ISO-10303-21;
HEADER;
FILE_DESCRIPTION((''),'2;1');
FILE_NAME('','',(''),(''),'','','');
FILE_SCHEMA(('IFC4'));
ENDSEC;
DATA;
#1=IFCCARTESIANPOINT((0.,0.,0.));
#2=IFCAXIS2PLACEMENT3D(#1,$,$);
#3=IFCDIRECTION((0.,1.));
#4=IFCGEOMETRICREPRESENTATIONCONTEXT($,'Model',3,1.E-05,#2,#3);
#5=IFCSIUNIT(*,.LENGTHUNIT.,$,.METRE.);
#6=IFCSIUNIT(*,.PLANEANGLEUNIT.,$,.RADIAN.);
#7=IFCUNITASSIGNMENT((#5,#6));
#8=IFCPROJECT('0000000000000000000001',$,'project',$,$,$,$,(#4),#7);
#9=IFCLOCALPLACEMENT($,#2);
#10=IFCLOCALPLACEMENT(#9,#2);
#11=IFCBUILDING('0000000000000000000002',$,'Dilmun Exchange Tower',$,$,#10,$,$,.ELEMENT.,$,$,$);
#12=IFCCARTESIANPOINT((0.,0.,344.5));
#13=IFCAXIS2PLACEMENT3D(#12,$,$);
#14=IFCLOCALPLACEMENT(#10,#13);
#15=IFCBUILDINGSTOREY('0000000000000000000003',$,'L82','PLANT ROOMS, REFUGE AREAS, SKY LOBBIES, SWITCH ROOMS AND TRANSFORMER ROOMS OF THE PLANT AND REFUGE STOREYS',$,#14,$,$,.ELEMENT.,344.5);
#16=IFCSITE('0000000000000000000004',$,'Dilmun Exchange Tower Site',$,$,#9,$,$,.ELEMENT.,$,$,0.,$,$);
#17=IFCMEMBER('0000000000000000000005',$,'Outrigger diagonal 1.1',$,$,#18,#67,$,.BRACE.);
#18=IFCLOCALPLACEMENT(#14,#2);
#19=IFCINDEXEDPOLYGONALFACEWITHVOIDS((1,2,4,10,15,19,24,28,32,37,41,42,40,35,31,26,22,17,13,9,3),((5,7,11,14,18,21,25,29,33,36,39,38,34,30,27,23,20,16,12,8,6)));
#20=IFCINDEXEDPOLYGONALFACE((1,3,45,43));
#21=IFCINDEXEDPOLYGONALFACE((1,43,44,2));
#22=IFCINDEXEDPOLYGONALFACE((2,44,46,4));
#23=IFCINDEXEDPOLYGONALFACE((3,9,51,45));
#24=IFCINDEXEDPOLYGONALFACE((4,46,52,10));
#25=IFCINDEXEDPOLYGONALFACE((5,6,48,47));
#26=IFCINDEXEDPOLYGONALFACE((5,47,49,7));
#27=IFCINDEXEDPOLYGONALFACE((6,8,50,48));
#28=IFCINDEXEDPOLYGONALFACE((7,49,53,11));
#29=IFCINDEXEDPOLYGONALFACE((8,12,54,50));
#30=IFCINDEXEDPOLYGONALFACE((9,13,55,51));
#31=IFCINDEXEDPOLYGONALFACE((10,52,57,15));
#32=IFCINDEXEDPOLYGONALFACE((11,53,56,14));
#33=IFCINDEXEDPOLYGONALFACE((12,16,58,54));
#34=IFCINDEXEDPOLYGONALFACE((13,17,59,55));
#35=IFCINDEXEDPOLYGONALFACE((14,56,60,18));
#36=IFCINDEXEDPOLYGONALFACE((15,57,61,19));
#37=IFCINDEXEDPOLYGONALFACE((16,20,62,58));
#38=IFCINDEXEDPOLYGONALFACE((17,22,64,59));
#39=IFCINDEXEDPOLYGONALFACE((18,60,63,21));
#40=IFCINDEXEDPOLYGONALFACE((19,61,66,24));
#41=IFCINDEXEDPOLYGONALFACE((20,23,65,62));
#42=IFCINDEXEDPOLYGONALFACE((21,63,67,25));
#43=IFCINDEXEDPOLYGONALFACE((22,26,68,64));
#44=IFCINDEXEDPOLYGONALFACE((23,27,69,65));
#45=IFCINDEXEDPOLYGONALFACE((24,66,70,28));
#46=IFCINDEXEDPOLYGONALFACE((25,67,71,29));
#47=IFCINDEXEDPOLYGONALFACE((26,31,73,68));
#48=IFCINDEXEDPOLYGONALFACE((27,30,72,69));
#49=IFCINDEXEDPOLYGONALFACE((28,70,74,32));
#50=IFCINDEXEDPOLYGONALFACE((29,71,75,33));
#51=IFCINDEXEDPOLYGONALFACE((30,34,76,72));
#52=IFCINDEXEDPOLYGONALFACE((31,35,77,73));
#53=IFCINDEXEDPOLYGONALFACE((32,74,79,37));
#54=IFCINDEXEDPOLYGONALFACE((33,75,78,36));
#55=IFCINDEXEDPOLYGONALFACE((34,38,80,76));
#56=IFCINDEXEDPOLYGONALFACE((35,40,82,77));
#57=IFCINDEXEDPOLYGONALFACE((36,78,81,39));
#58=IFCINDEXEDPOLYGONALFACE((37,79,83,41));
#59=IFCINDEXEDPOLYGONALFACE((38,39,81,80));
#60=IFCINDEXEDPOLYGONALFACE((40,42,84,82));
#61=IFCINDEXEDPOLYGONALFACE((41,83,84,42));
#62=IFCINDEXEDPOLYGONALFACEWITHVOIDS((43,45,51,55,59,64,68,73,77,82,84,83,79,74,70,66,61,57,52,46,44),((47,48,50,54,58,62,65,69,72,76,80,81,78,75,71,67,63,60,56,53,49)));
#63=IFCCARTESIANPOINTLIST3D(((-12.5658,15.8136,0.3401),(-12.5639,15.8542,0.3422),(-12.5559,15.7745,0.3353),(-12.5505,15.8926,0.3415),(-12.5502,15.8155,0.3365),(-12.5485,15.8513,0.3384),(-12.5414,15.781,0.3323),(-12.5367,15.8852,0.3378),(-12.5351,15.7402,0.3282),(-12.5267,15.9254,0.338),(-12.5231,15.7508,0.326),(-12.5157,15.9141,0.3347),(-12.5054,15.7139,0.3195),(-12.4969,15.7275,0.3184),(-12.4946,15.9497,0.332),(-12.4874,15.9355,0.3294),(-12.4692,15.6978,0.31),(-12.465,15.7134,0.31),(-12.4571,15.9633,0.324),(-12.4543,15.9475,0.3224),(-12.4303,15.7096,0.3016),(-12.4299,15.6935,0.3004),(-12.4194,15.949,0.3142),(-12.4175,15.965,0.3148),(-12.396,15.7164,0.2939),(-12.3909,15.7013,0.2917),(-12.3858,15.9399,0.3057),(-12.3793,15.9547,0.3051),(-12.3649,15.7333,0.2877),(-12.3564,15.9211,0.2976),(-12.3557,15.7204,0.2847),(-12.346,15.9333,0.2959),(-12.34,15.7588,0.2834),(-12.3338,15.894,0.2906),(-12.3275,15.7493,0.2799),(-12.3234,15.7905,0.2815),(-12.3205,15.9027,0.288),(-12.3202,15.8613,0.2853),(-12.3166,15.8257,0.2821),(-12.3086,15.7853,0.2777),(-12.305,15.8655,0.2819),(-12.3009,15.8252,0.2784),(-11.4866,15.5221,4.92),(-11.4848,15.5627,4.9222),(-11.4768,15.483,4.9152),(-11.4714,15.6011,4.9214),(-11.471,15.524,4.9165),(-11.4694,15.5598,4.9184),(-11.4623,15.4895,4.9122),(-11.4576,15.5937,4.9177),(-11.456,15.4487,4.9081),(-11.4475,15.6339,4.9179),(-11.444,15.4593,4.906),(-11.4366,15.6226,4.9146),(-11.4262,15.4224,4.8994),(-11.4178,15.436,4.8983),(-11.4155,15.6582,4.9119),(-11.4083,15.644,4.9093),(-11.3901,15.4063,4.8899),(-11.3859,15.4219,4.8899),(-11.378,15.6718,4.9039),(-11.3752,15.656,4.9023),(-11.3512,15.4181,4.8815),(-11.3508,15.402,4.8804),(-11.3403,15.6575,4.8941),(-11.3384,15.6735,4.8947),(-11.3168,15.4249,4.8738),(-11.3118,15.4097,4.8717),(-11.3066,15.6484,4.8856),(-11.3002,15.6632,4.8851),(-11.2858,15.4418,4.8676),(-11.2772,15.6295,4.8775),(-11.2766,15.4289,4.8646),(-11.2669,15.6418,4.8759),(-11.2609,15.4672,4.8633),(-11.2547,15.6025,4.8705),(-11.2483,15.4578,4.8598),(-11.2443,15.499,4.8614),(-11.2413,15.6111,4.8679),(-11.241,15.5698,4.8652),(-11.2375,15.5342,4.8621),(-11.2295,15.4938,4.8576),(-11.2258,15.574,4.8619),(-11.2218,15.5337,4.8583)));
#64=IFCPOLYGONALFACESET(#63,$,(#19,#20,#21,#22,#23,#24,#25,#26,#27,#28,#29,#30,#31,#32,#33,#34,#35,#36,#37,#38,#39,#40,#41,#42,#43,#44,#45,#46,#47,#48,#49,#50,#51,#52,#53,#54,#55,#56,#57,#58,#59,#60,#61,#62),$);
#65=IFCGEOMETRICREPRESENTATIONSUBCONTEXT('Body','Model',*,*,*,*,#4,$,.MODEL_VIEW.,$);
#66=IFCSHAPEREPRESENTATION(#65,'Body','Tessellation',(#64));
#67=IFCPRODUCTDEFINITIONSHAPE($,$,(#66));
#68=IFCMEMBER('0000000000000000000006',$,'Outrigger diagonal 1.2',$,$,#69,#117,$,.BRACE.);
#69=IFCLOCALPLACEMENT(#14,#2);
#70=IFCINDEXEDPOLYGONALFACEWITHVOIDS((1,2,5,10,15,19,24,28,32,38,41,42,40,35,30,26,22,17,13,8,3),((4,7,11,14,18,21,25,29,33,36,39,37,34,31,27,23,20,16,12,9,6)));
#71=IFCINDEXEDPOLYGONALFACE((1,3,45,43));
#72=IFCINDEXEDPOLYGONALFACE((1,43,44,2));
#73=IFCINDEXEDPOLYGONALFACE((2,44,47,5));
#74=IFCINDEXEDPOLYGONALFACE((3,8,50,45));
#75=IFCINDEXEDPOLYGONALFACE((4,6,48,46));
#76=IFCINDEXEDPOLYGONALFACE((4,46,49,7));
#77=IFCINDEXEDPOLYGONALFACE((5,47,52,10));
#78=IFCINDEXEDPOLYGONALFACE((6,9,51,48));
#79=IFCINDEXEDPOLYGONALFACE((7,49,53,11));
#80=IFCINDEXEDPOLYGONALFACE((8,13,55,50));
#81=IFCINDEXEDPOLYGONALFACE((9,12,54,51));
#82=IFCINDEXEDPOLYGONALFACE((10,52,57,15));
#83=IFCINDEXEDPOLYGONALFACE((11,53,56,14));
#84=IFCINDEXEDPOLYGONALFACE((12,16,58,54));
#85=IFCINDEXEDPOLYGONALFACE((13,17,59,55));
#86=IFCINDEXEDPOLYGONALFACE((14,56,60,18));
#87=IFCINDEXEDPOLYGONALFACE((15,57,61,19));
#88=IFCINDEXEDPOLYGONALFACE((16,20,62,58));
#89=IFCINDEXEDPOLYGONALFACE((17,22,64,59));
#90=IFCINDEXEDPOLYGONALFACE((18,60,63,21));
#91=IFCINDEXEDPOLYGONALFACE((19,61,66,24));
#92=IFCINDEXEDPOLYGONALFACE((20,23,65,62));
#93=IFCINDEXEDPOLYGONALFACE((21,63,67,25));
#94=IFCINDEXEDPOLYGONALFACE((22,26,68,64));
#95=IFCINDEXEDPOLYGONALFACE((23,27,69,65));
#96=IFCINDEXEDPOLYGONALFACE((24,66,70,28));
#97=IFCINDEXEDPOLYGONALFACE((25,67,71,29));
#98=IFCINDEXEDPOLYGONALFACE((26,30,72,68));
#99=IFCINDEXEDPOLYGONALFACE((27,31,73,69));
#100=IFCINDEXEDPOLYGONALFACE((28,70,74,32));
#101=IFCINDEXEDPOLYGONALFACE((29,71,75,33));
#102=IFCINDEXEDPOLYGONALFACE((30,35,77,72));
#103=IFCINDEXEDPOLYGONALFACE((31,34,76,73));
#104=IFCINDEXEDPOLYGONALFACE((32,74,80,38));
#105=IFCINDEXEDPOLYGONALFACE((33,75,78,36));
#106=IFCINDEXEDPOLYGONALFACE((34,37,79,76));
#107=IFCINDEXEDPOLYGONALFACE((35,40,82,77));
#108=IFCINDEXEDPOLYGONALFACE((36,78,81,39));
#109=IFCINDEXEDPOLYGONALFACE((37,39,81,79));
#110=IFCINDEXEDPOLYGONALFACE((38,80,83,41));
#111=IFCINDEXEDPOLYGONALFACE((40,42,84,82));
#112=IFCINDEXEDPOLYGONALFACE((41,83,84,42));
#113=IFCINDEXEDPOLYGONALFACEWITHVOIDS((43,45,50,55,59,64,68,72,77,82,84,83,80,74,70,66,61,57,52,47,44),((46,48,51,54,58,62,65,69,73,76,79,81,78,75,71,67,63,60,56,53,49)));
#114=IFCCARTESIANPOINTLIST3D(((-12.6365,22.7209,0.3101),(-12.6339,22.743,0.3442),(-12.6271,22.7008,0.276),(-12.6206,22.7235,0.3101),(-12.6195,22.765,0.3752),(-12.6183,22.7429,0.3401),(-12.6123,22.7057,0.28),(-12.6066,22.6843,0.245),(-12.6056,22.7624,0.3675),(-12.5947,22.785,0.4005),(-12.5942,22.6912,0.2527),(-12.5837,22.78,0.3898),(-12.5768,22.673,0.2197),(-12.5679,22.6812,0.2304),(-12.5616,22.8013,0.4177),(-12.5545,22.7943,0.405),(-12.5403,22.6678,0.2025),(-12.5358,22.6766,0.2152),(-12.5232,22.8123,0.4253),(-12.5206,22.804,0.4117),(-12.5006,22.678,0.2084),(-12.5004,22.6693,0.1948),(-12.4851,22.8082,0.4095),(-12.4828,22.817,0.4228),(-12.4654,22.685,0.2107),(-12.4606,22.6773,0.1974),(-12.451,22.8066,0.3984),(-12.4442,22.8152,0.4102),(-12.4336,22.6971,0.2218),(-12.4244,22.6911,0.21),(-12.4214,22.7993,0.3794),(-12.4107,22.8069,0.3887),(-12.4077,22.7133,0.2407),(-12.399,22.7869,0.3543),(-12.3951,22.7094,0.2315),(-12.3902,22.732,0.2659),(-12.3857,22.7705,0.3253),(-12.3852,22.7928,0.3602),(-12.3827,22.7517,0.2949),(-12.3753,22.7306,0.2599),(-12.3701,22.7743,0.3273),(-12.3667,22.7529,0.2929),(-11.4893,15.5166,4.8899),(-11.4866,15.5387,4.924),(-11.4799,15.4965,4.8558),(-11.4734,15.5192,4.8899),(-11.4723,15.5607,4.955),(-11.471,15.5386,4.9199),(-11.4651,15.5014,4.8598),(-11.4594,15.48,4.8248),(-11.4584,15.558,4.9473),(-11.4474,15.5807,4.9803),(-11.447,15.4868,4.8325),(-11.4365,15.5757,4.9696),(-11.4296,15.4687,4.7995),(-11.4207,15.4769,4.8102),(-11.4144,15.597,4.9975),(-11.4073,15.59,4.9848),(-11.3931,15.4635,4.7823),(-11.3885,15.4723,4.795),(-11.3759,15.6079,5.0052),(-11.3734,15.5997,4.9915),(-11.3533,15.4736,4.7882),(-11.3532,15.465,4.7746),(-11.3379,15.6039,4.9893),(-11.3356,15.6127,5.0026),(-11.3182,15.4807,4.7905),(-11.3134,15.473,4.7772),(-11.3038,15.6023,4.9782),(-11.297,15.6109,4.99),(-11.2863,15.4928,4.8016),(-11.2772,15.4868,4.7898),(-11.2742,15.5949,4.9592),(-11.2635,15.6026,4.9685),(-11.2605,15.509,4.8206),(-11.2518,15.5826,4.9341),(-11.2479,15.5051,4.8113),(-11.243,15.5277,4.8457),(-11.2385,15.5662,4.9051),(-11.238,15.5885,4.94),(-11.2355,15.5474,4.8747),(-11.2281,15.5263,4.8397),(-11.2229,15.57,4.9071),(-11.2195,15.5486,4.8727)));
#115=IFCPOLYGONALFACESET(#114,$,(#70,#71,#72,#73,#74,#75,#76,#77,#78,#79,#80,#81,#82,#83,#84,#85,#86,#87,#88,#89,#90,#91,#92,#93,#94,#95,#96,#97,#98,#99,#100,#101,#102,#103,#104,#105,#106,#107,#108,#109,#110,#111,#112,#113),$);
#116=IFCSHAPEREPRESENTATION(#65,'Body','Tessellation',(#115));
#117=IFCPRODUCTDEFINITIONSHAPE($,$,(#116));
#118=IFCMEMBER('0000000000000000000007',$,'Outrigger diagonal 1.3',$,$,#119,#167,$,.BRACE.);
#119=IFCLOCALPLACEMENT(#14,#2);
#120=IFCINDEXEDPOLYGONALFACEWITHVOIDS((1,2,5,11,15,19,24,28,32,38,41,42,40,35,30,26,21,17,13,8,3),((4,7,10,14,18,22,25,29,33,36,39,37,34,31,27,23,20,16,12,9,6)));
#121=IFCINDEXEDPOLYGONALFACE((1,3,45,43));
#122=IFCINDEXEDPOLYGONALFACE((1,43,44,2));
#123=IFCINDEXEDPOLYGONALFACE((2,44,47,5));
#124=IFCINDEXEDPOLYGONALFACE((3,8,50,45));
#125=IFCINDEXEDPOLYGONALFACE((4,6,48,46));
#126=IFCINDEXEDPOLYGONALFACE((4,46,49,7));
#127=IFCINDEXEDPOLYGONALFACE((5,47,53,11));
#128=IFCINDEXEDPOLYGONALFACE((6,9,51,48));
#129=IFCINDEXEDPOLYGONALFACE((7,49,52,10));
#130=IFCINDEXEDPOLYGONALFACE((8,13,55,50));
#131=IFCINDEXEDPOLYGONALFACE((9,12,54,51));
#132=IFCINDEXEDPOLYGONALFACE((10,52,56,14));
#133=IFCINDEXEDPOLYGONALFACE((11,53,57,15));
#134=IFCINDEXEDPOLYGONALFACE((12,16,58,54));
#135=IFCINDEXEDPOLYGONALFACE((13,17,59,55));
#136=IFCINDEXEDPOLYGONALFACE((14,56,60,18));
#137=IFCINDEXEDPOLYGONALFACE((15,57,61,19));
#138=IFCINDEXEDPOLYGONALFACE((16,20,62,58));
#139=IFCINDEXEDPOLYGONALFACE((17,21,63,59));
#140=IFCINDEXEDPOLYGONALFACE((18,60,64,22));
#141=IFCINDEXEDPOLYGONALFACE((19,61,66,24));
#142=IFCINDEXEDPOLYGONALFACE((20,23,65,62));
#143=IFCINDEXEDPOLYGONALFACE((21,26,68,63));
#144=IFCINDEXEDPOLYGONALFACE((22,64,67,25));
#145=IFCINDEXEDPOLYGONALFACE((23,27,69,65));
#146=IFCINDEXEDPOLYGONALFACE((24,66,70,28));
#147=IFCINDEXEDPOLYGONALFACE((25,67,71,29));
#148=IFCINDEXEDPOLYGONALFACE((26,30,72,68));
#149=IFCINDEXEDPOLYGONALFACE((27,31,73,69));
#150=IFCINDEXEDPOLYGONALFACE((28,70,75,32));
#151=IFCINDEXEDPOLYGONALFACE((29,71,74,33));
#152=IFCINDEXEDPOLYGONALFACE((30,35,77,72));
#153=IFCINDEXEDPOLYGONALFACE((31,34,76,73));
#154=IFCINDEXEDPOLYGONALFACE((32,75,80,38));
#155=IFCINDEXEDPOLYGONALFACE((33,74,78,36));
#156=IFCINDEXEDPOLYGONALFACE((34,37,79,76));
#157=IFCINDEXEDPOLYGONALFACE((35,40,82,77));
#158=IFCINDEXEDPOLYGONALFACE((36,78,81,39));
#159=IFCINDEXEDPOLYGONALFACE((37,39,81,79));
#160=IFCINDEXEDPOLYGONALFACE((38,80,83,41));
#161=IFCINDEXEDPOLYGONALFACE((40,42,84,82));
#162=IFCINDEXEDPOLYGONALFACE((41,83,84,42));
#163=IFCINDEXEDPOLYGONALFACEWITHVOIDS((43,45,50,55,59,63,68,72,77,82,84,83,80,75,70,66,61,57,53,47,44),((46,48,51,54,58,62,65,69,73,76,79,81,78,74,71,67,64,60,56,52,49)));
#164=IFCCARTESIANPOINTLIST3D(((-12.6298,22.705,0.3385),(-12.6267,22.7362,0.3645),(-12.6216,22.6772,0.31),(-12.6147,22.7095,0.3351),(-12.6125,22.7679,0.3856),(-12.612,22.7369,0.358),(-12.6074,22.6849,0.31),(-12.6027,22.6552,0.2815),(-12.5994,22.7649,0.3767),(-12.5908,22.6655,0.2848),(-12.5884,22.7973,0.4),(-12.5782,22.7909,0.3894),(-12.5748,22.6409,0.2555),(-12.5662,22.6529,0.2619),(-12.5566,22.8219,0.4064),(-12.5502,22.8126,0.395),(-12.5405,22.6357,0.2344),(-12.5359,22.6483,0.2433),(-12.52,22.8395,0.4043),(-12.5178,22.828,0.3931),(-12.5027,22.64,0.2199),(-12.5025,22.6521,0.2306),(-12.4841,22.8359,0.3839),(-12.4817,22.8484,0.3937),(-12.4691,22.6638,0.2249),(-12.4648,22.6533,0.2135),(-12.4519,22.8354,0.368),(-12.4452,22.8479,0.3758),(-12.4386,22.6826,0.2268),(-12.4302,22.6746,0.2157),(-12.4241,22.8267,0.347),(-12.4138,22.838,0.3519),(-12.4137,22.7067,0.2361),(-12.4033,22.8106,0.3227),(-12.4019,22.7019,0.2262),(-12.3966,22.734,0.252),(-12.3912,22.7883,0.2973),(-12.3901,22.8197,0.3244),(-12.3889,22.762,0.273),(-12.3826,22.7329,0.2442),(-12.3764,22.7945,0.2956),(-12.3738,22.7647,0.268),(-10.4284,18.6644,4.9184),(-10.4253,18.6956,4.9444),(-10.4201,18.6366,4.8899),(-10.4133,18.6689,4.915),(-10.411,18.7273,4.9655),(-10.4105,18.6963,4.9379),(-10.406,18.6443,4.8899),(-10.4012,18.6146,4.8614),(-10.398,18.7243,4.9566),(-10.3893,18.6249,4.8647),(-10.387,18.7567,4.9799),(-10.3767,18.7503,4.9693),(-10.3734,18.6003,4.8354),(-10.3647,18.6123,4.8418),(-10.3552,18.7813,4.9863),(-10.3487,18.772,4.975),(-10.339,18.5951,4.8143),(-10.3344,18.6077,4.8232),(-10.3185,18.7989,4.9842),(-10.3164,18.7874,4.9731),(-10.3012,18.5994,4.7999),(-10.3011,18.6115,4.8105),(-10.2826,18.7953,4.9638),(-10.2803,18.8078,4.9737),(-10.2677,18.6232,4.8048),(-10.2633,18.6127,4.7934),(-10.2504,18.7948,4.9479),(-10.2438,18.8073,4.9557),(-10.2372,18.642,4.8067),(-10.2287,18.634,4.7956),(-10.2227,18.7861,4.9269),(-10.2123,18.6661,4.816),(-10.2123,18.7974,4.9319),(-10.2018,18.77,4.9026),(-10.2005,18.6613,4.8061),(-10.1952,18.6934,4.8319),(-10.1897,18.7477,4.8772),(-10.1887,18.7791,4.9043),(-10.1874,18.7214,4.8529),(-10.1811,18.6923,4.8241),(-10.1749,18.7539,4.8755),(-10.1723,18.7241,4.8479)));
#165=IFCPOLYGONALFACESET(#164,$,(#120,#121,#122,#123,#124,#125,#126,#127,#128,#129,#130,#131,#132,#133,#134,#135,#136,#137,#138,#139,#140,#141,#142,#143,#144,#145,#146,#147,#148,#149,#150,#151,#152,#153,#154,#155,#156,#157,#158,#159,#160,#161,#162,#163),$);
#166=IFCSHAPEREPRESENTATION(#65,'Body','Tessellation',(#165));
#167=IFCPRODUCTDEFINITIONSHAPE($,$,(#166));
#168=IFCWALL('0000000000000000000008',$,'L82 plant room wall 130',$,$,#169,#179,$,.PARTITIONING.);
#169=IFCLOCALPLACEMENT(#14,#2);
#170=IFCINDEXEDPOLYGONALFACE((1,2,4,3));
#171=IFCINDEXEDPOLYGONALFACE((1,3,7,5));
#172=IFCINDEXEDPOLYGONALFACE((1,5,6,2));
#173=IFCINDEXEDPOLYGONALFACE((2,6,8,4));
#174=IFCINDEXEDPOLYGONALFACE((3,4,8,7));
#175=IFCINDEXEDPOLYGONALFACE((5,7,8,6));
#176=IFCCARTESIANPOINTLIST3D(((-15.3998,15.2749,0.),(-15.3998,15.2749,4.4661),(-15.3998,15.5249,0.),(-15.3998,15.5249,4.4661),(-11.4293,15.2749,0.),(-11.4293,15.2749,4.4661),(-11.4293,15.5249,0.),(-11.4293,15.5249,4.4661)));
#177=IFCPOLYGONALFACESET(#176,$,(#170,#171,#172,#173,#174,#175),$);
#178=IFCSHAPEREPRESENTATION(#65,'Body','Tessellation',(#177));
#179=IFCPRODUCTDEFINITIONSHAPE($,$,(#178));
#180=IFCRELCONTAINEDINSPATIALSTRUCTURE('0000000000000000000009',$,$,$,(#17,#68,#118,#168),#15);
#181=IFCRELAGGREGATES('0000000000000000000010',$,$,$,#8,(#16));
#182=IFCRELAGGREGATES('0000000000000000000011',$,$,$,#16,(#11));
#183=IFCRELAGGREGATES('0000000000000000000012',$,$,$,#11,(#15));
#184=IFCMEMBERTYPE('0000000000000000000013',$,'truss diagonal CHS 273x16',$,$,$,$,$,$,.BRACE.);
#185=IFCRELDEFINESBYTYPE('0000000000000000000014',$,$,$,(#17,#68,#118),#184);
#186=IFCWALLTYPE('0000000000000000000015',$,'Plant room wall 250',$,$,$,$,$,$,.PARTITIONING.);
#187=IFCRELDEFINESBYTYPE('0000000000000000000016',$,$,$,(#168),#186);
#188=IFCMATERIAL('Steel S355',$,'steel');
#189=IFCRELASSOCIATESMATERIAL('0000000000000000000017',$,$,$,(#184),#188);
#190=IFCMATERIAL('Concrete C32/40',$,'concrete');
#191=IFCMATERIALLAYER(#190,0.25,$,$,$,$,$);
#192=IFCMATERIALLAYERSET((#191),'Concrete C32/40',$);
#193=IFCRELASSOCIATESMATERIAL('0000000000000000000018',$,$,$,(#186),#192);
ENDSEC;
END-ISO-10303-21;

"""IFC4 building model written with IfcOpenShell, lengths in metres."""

from ifc_helpers import new_model, si_unit, direction, frame, frame_2d, origin, origin_2d, place, context, subcontext, project, spatial, rectangle, hollow_circle, extrude, material, layer, layer_set, material_profile, profile_set, type_object, element, save


model = new_model("IFC4")

# Units and contexts
model_context = context("Model", 3, precision=1e-05, world=origin(), true_north=direction((0.0, 1.0)))
body_context = subcontext(model_context, "Body", "Model", "MODEL_VIEW")
ifc_project = project(units=[si_unit("LENGTHUNIT", "METRE"), si_unit("PLANEANGLEUNIT", "RADIAN")], contexts=[model_context])

# Site, building, storey
site_placement = place(None, origin())
site = spatial("IfcSite", under=ifc_project, at=site_placement, Name="Dilmun Exchange Tower Site", CompositionType="ELEMENT", RefElevation=0.0)
building_placement = place(site_placement, origin())
building = spatial("IfcBuilding", under=site, at=building_placement, Name="Dilmun Exchange Tower", CompositionType="ELEMENT")
storey_placement = place(building_placement, frame((0.0, 0.0, 344.5)))
storey = spatial("IfcBuildingStorey", under=building, at=storey_placement, Name="L82", Description="PLANT ROOMS, REFUGE AREAS, SKY LOBBIES, SWITCH ROOMS AND TRANSFORMER ROOMS OF THE PLANT AND REFUGE STOREYS", CompositionType="ELEMENT", Elevation=344.5)

# Shared definitions
ifc_material_1 = material(Name="Steel S355", Category="steel")

# Members
ifc_material_profile_1 = material_profile(ifc_material_1, hollow_circle(Radius=0.1365, WallThickness=0.0161, at=origin_2d()), Name="CHS 273x16")
ifc_profile_set_1 = profile_set([ifc_material_profile_1], Name="Steel S355")
member_type_1 = type_object("IfcMemberType", Name="truss diagonal CHS 273x16", PredefinedType="BRACE", material=ifc_profile_set_1)
member_1_placement = place(storey_placement, frame((-11.3545, 15.5381, 4.8899), z_axis=(-0.228901, 0.061834, -0.971484), x_axis=(-0.260788, -0.965396, 0.0)))
element("IfcMember", 1, at=member_1_placement, inside=storey, type_object=member_type_1, Name="Outrigger diagonal 1.1", PredefinedType="BRACE", context=body_context, shape_type="SweptSolid", body=[
    extrude(hollow_circle(Radius=0.1365, WallThickness=0.0161, at=origin_2d()), origin(), (0.0, 0.0, 1.0), 4.7144),
])
member_2_placement = place(storey_placement, frame((-11.3545, 15.5381, 4.8899), z_axis=(-0.133187, 0.836395, -0.5317), x_axis=(-0.987558, -0.157258, 0.0)))
element("IfcMember", 2, at=member_2_placement, inside=storey, type_object=member_type_1, Name="Outrigger diagonal 1.2", PredefinedType="BRACE", context=body_context, shape_type="SweptSolid", body=[
    extrude(hollow_circle(Radius=0.1365, WallThickness=0.0161, at=origin_2d()), origin(), (0.0, 0.0, 1.0), 8.6135),
])
member_3_placement = place(storey_placement, frame((-10.3003, 18.7019, 4.8899), z_axis=(-0.339093, 0.622379, -0.70545), x_axis=(-0.878125, -0.478432, 0.0)))
element("IfcMember", 3, at=member_3_placement, inside=storey, type_object=member_type_1, Name="Outrigger diagonal 1.3", PredefinedType="BRACE", context=body_context, shape_type="SweptSolid", body=[
    extrude(hollow_circle(Radius=0.1365, WallThickness=0.0161, at=origin_2d()), origin(), (0.0, 0.0, 1.0), 6.4922),
])

# Wall
ifc_material_2 = material(Name="Concrete C32/40", Category="concrete")
ifc_layer_1 = layer(ifc_material_2, 0.25)
ifc_layer_set_1 = layer_set([ifc_layer_1], Name="Concrete C32/40")
wall_type = type_object("IfcWallType", Name="Plant room wall 250", PredefinedType="PARTITIONING", material=ifc_layer_set_1)
wall_1_placement = place(storey_placement, frame((-15.3999, 15.3999, 0.0), z_axis=(0.0, 0.0, 1.0), x_axis=(1.0, 0.0, 0.0)))
element("IfcWall", 4, at=wall_1_placement, inside=storey, type_object=wall_type, Name="L82 plant room wall 130", PredefinedType="PARTITIONING", context=body_context, shape_type="SweptSolid", body=[
    extrude(rectangle(XDim=3.9705, YDim=0.25, at=frame_2d((1.9854, 0.0))), origin(), (0.0, 0.0, 1.0), 4.4661),
])

save(model, "model.ifc")
